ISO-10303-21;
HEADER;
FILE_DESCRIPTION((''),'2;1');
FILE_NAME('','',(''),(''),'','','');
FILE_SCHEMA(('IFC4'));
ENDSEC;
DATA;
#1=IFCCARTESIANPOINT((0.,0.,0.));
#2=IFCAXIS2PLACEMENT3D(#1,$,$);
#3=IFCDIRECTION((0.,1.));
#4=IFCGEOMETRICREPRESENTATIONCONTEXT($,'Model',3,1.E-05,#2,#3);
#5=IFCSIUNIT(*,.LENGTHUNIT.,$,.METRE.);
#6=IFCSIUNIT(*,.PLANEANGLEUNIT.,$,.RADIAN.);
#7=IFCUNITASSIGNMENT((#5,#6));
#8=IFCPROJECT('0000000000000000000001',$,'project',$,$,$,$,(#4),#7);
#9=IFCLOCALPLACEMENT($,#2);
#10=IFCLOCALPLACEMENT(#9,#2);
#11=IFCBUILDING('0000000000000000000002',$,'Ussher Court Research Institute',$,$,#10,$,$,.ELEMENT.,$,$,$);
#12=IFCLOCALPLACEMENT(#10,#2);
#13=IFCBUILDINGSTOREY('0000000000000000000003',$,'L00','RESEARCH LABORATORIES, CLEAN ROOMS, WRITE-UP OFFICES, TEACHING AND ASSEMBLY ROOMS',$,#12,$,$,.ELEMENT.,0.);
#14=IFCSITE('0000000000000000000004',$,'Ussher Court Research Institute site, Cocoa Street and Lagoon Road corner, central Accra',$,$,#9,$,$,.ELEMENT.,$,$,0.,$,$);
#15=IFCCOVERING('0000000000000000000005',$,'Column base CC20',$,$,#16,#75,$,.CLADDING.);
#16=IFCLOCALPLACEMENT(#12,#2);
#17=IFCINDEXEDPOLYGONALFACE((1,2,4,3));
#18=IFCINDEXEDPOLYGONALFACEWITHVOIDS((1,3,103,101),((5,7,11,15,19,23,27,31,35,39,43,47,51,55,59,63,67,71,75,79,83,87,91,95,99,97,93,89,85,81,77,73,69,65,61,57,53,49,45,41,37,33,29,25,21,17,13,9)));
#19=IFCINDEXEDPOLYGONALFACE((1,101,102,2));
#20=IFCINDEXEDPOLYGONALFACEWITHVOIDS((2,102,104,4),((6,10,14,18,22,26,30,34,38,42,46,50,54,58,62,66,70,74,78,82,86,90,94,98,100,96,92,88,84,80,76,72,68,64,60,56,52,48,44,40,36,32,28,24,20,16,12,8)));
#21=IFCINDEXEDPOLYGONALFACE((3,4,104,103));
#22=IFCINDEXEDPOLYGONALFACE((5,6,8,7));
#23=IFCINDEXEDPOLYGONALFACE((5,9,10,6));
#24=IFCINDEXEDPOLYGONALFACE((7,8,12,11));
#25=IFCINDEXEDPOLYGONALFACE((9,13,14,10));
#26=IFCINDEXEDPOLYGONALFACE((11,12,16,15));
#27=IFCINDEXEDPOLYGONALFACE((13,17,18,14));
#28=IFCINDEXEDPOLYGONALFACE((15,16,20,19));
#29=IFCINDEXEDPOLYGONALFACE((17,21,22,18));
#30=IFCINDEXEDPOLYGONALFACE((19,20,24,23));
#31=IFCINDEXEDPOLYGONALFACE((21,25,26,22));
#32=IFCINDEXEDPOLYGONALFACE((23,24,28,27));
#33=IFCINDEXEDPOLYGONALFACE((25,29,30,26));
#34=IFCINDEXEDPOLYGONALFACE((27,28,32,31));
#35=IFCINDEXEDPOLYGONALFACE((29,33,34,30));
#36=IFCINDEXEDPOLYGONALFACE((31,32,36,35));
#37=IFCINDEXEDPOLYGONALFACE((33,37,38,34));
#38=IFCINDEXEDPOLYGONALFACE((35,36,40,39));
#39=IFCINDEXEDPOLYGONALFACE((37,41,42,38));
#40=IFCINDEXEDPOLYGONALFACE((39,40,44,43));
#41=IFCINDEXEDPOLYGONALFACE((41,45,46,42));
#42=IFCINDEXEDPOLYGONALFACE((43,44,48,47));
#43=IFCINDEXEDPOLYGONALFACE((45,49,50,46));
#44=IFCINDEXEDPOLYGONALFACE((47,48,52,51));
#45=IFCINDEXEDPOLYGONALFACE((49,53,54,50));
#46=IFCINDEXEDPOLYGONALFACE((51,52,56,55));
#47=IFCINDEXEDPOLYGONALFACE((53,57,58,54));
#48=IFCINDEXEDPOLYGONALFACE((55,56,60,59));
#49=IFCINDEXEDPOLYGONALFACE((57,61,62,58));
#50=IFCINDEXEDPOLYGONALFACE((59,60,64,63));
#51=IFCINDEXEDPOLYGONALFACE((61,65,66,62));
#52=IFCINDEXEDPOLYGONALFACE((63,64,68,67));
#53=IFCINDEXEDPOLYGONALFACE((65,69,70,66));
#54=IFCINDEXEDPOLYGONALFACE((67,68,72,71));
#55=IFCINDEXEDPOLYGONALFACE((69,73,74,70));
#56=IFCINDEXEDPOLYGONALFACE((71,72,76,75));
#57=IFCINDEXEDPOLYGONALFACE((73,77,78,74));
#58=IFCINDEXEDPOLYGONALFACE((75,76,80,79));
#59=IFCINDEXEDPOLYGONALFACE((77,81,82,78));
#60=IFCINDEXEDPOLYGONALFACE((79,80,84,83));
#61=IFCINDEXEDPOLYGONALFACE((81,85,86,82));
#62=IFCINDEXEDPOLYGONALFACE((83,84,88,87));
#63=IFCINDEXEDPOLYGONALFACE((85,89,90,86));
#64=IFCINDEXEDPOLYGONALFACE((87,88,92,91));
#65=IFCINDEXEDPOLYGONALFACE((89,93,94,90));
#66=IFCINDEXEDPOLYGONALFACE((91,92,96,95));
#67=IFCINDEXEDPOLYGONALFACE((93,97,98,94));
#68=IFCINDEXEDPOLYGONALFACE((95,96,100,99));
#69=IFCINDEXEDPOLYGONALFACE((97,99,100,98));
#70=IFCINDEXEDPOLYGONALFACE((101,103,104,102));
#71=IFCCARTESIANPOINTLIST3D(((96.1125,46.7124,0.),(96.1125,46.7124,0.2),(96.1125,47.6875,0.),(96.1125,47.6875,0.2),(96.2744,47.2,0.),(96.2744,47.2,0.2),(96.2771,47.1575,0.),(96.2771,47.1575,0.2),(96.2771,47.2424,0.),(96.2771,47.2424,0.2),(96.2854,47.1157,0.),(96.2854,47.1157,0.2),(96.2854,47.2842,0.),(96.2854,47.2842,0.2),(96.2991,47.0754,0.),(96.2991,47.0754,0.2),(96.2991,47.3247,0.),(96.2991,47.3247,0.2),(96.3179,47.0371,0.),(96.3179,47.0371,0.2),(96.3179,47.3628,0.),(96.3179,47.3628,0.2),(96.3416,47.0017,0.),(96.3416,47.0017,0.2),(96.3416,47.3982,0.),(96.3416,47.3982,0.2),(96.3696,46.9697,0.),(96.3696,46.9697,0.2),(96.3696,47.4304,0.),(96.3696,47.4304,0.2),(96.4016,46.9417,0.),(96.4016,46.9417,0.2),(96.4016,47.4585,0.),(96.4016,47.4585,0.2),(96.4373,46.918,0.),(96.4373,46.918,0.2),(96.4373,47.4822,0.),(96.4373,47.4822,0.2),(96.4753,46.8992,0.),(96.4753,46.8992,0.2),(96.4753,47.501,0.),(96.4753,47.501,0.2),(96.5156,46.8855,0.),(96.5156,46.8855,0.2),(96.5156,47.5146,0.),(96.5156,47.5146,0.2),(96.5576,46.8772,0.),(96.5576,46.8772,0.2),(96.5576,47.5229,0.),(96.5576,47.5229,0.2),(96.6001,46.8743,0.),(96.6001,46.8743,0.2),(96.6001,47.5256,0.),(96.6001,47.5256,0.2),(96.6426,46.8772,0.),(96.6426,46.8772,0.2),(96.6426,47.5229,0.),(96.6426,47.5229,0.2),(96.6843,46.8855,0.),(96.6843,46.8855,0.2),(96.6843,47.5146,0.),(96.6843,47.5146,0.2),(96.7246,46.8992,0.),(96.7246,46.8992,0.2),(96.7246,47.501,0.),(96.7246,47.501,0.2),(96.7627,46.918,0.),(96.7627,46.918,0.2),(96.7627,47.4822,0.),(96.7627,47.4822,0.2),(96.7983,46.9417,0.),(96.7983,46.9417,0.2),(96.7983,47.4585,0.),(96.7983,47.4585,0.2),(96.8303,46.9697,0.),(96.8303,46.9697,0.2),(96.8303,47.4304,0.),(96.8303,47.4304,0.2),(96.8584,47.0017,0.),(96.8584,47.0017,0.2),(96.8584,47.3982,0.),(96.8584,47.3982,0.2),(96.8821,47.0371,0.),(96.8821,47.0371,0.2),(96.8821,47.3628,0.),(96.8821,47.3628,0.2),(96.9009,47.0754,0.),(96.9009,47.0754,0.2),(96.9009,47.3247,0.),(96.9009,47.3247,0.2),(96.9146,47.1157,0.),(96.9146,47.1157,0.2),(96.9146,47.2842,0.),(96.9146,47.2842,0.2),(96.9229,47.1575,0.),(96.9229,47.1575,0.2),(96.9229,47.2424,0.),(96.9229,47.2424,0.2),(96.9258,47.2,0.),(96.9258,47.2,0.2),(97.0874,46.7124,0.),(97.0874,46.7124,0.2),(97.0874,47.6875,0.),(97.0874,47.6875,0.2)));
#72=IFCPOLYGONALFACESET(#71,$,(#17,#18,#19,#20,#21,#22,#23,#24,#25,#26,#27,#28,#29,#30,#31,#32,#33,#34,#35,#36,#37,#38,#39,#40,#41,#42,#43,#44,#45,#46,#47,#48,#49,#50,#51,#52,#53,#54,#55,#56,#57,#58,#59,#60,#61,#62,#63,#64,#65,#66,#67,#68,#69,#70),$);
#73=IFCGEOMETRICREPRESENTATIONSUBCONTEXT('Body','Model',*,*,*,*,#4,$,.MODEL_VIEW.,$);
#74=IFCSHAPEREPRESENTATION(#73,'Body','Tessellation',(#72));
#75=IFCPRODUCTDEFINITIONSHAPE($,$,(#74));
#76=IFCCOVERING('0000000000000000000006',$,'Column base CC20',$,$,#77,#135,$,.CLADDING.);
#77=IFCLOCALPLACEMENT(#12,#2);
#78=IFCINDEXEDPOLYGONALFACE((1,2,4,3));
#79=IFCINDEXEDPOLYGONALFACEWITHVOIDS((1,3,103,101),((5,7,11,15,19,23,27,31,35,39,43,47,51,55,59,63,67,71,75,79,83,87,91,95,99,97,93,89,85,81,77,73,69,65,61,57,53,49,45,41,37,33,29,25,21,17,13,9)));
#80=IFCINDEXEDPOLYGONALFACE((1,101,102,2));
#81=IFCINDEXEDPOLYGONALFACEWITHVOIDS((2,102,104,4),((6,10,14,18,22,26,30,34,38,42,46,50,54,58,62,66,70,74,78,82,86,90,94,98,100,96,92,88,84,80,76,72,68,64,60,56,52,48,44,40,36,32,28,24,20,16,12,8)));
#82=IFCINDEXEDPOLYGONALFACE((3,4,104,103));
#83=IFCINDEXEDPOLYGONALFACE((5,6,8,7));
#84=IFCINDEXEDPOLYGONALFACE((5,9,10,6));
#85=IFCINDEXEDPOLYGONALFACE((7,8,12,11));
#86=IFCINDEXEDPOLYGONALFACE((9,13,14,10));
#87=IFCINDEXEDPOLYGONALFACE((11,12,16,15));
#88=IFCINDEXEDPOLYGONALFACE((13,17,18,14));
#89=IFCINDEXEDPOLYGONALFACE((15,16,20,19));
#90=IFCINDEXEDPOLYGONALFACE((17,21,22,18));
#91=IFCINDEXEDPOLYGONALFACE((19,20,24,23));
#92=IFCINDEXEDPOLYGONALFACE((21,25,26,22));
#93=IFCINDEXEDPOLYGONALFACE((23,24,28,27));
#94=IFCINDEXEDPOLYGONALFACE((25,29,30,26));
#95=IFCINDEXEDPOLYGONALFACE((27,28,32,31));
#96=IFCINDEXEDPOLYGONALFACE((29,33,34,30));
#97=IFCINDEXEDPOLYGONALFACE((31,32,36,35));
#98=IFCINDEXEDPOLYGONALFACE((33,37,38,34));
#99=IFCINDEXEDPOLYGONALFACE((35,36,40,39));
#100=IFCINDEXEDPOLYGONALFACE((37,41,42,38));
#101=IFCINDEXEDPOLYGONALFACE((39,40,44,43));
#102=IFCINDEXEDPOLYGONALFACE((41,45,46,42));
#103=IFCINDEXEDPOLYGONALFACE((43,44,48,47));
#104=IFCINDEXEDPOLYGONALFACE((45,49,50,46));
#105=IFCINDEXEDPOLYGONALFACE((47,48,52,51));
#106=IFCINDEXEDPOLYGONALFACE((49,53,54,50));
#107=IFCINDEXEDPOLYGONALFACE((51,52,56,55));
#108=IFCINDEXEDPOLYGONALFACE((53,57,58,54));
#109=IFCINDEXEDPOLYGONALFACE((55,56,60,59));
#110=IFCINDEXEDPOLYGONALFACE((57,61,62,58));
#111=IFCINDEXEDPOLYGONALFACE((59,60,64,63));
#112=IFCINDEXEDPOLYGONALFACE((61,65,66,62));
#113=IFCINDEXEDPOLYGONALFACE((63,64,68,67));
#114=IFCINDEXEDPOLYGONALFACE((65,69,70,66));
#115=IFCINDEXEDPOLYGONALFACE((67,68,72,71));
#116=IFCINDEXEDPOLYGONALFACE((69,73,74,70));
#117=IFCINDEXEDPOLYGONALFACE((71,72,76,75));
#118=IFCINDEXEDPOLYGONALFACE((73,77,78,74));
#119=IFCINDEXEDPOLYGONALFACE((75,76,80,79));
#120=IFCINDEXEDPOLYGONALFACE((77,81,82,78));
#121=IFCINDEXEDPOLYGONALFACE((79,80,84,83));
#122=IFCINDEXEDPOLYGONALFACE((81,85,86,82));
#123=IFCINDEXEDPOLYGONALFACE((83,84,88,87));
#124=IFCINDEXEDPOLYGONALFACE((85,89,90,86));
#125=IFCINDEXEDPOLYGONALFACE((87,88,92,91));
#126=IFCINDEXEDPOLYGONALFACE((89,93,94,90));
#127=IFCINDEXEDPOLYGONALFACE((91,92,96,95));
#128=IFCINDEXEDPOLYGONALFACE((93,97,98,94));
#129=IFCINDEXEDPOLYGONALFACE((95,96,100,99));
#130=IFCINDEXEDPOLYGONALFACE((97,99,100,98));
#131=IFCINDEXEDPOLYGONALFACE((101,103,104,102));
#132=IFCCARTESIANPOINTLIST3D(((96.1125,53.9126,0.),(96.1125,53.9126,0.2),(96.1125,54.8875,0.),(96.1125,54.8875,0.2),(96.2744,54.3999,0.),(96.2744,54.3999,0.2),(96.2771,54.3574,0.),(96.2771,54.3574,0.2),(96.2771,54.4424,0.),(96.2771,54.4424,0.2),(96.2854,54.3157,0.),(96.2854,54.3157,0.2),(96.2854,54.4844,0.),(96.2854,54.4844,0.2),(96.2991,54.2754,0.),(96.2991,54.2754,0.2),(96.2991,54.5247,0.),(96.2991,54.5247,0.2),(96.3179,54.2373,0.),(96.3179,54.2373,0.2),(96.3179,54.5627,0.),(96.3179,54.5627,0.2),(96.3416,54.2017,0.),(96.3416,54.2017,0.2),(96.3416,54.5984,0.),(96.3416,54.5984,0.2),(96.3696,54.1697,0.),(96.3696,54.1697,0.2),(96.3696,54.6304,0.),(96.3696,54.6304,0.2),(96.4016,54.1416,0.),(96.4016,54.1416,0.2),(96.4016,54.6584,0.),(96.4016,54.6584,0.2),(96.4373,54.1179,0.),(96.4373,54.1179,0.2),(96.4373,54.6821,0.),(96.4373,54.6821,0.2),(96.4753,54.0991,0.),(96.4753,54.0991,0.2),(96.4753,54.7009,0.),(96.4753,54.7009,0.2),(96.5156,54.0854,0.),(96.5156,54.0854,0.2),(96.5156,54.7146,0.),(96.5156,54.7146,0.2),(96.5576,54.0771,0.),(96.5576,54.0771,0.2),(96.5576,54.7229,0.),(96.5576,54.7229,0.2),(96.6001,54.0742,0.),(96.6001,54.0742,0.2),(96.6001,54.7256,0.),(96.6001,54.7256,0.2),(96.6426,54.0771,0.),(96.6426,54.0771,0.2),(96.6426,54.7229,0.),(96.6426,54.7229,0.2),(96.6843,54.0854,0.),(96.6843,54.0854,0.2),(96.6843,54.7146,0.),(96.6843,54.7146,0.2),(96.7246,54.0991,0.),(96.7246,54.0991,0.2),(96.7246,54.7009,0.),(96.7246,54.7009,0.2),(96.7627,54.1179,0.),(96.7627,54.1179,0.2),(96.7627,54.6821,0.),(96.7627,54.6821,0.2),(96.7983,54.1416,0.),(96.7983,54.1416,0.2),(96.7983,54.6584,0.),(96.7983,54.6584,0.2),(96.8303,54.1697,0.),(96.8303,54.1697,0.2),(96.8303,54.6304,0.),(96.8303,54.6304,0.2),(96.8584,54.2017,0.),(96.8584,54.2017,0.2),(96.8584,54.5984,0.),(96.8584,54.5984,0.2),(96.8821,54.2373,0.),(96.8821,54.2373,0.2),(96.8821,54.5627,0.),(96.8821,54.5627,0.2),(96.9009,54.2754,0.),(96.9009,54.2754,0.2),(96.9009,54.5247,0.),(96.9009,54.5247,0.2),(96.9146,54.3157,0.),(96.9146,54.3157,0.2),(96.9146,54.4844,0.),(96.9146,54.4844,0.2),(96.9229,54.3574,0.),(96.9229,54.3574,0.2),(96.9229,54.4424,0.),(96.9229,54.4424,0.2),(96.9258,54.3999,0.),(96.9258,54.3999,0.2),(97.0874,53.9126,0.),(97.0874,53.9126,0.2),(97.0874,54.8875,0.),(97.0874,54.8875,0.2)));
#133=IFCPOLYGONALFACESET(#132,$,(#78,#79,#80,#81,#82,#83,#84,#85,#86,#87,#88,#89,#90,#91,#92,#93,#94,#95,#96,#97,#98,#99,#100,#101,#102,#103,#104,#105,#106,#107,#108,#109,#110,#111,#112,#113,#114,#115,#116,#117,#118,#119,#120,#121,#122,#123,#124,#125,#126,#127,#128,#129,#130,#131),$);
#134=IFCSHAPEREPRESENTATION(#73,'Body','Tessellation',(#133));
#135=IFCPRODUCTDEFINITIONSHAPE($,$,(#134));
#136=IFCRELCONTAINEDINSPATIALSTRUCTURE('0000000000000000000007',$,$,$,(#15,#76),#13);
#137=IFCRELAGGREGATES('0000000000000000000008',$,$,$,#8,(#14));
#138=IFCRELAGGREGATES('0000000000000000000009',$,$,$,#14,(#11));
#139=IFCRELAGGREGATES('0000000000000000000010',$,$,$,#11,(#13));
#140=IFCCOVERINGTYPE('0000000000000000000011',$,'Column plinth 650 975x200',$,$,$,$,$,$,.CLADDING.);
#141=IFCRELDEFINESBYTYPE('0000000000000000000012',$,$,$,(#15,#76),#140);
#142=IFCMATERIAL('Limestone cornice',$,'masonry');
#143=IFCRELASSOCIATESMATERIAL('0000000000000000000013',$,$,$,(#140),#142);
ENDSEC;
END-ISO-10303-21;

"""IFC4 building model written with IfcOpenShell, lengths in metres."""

from ifc_helpers import new_model, si_unit, direction, origin, place, context, subcontext, project, spatial, polyline, outline, extrude, material, type_object, element, save


model = new_model("IFC4")

# Units and contexts
model_context = context("Model", 3, precision=1e-05, world=origin(), true_north=direction((0.0, 1.0)))
body_context = subcontext(model_context, "Body", "Model", "MODEL_VIEW")
ifc_project = project(units=[si_unit("LENGTHUNIT", "METRE"), si_unit("PLANEANGLEUNIT", "RADIAN")], contexts=[model_context])

# Site, building, storey
site_placement = place(None, origin())
site = spatial("IfcSite", under=ifc_project, at=site_placement, Name="Ussher Court Research Institute site, Cocoa Street and Lagoon Road corner, central Accra", CompositionType="ELEMENT", RefElevation=0.0)
building_placement = place(site_placement, origin())
building = spatial("IfcBuilding", under=site, at=building_placement, Name="Ussher Court Research Institute", CompositionType="ELEMENT")
storey_placement = place(building_placement, origin())
storey = spatial("IfcBuildingStorey", under=building, at=storey_placement, Name="L00", Description="RESEARCH LABORATORIES, CLEAN ROOMS, WRITE-UP OFFICES, TEACHING AND ASSEMBLY ROOMS", CompositionType="ELEMENT", Elevation=0.0)

# Coverings
ifc_material_1 = material(Name="Limestone cornice", Category="masonry")
covering_type_1 = type_object("IfcCoveringType", Name="Column plinth 650 975x200", PredefinedType="CLADDING", material=ifc_material_1)
covering_1_placement = place(storey_placement, origin())
element("IfcCovering", 1, at=covering_1_placement, inside=storey, type_object=covering_type_1, Name="Column base CC20", PredefinedType="CLADDING", context=body_context, shape_type="SweptSolid", body=[
    extrude(outline(polyline([(97.0874, 46.7124), (97.0874, 47.6875), (96.1125, 47.6875), (96.1125, 46.7124), (97.0874, 46.7124)]), holes=[polyline([(96.9258, 47.2), (96.9229, 47.2424), (96.9146, 47.2842), (96.9009, 47.3247), (96.8821, 47.3628), (96.8584, 47.3982), (96.8303, 47.4304), (96.7983, 47.4585), (96.7627, 47.4822), (96.7246, 47.501), (96.6843, 47.5146), (96.6426, 47.5229), (96.6001, 47.5256), (96.5576, 47.5229), (96.5156, 47.5146), (96.4753, 47.501), (96.4373, 47.4822), (96.4016, 47.4585), (96.3696, 47.4304), (96.3416, 47.3982), (96.3179, 47.3628), (96.2991, 47.3247), (96.2854, 47.2842), (96.2771, 47.2424), (96.2744, 47.2), (96.2771, 47.1575), (96.2854, 47.1157), (96.2991, 47.0754), (96.3179, 47.0371), (96.3416, 47.0017), (96.3696, 46.9697), (96.4016, 46.9417), (96.4373, 46.918), (96.4753, 46.8992), (96.5156, 46.8855), (96.5576, 46.8772), (96.6001, 46.8743), (96.6426, 46.8772), (96.6843, 46.8855), (96.7246, 46.8992), (96.7627, 46.918), (96.7983, 46.9417), (96.8303, 46.9697), (96.8584, 47.0017), (96.8821, 47.0371), (96.9009, 47.0754), (96.9146, 47.1157), (96.9229, 47.1575), (96.9258, 47.2)])]), origin(), (0.0, 0.0, 1.0), 0.2),
])
covering_2_placement = place(storey_placement, origin())
element("IfcCovering", 2, at=covering_2_placement, inside=storey, type_object=covering_type_1, Name="Column base CC20", PredefinedType="CLADDING", context=body_context, shape_type="SweptSolid", body=[
    extrude(outline(polyline([(97.0874, 53.9126), (97.0874, 54.8875), (96.1125, 54.8875), (96.1125, 53.9126), (97.0874, 53.9126)]), holes=[polyline([(96.9258, 54.3999), (96.9229, 54.4424), (96.9146, 54.4844), (96.9009, 54.5247), (96.8821, 54.5627), (96.8584, 54.5984), (96.8303, 54.6304), (96.7983, 54.6584), (96.7627, 54.6821), (96.7246, 54.7009), (96.6843, 54.7146), (96.6426, 54.7229), (96.6001, 54.7256), (96.5576, 54.7229), (96.5156, 54.7146), (96.4753, 54.7009), (96.4373, 54.6821), (96.4016, 54.6584), (96.3696, 54.6304), (96.3416, 54.5984), (96.3179, 54.5627), (96.2991, 54.5247), (96.2854, 54.4844), (96.2771, 54.4424), (96.2744, 54.3999), (96.2771, 54.3574), (96.2854, 54.3157), (96.2991, 54.2754), (96.3179, 54.2373), (96.3416, 54.2017), (96.3696, 54.1697), (96.4016, 54.1416), (96.4373, 54.1179), (96.4753, 54.0991), (96.5156, 54.0854), (96.5576, 54.0771), (96.6001, 54.0742), (96.6426, 54.0771), (96.6843, 54.0854), (96.7246, 54.0991), (96.7627, 54.1179), (96.7983, 54.1416), (96.8303, 54.1697), (96.8584, 54.2017), (96.8821, 54.2373), (96.9009, 54.2754), (96.9146, 54.3157), (96.9229, 54.3574), (96.9258, 54.3999)])]), origin(), (0.0, 0.0, 1.0), 0.2),
])

save(model, "model.ifc")
